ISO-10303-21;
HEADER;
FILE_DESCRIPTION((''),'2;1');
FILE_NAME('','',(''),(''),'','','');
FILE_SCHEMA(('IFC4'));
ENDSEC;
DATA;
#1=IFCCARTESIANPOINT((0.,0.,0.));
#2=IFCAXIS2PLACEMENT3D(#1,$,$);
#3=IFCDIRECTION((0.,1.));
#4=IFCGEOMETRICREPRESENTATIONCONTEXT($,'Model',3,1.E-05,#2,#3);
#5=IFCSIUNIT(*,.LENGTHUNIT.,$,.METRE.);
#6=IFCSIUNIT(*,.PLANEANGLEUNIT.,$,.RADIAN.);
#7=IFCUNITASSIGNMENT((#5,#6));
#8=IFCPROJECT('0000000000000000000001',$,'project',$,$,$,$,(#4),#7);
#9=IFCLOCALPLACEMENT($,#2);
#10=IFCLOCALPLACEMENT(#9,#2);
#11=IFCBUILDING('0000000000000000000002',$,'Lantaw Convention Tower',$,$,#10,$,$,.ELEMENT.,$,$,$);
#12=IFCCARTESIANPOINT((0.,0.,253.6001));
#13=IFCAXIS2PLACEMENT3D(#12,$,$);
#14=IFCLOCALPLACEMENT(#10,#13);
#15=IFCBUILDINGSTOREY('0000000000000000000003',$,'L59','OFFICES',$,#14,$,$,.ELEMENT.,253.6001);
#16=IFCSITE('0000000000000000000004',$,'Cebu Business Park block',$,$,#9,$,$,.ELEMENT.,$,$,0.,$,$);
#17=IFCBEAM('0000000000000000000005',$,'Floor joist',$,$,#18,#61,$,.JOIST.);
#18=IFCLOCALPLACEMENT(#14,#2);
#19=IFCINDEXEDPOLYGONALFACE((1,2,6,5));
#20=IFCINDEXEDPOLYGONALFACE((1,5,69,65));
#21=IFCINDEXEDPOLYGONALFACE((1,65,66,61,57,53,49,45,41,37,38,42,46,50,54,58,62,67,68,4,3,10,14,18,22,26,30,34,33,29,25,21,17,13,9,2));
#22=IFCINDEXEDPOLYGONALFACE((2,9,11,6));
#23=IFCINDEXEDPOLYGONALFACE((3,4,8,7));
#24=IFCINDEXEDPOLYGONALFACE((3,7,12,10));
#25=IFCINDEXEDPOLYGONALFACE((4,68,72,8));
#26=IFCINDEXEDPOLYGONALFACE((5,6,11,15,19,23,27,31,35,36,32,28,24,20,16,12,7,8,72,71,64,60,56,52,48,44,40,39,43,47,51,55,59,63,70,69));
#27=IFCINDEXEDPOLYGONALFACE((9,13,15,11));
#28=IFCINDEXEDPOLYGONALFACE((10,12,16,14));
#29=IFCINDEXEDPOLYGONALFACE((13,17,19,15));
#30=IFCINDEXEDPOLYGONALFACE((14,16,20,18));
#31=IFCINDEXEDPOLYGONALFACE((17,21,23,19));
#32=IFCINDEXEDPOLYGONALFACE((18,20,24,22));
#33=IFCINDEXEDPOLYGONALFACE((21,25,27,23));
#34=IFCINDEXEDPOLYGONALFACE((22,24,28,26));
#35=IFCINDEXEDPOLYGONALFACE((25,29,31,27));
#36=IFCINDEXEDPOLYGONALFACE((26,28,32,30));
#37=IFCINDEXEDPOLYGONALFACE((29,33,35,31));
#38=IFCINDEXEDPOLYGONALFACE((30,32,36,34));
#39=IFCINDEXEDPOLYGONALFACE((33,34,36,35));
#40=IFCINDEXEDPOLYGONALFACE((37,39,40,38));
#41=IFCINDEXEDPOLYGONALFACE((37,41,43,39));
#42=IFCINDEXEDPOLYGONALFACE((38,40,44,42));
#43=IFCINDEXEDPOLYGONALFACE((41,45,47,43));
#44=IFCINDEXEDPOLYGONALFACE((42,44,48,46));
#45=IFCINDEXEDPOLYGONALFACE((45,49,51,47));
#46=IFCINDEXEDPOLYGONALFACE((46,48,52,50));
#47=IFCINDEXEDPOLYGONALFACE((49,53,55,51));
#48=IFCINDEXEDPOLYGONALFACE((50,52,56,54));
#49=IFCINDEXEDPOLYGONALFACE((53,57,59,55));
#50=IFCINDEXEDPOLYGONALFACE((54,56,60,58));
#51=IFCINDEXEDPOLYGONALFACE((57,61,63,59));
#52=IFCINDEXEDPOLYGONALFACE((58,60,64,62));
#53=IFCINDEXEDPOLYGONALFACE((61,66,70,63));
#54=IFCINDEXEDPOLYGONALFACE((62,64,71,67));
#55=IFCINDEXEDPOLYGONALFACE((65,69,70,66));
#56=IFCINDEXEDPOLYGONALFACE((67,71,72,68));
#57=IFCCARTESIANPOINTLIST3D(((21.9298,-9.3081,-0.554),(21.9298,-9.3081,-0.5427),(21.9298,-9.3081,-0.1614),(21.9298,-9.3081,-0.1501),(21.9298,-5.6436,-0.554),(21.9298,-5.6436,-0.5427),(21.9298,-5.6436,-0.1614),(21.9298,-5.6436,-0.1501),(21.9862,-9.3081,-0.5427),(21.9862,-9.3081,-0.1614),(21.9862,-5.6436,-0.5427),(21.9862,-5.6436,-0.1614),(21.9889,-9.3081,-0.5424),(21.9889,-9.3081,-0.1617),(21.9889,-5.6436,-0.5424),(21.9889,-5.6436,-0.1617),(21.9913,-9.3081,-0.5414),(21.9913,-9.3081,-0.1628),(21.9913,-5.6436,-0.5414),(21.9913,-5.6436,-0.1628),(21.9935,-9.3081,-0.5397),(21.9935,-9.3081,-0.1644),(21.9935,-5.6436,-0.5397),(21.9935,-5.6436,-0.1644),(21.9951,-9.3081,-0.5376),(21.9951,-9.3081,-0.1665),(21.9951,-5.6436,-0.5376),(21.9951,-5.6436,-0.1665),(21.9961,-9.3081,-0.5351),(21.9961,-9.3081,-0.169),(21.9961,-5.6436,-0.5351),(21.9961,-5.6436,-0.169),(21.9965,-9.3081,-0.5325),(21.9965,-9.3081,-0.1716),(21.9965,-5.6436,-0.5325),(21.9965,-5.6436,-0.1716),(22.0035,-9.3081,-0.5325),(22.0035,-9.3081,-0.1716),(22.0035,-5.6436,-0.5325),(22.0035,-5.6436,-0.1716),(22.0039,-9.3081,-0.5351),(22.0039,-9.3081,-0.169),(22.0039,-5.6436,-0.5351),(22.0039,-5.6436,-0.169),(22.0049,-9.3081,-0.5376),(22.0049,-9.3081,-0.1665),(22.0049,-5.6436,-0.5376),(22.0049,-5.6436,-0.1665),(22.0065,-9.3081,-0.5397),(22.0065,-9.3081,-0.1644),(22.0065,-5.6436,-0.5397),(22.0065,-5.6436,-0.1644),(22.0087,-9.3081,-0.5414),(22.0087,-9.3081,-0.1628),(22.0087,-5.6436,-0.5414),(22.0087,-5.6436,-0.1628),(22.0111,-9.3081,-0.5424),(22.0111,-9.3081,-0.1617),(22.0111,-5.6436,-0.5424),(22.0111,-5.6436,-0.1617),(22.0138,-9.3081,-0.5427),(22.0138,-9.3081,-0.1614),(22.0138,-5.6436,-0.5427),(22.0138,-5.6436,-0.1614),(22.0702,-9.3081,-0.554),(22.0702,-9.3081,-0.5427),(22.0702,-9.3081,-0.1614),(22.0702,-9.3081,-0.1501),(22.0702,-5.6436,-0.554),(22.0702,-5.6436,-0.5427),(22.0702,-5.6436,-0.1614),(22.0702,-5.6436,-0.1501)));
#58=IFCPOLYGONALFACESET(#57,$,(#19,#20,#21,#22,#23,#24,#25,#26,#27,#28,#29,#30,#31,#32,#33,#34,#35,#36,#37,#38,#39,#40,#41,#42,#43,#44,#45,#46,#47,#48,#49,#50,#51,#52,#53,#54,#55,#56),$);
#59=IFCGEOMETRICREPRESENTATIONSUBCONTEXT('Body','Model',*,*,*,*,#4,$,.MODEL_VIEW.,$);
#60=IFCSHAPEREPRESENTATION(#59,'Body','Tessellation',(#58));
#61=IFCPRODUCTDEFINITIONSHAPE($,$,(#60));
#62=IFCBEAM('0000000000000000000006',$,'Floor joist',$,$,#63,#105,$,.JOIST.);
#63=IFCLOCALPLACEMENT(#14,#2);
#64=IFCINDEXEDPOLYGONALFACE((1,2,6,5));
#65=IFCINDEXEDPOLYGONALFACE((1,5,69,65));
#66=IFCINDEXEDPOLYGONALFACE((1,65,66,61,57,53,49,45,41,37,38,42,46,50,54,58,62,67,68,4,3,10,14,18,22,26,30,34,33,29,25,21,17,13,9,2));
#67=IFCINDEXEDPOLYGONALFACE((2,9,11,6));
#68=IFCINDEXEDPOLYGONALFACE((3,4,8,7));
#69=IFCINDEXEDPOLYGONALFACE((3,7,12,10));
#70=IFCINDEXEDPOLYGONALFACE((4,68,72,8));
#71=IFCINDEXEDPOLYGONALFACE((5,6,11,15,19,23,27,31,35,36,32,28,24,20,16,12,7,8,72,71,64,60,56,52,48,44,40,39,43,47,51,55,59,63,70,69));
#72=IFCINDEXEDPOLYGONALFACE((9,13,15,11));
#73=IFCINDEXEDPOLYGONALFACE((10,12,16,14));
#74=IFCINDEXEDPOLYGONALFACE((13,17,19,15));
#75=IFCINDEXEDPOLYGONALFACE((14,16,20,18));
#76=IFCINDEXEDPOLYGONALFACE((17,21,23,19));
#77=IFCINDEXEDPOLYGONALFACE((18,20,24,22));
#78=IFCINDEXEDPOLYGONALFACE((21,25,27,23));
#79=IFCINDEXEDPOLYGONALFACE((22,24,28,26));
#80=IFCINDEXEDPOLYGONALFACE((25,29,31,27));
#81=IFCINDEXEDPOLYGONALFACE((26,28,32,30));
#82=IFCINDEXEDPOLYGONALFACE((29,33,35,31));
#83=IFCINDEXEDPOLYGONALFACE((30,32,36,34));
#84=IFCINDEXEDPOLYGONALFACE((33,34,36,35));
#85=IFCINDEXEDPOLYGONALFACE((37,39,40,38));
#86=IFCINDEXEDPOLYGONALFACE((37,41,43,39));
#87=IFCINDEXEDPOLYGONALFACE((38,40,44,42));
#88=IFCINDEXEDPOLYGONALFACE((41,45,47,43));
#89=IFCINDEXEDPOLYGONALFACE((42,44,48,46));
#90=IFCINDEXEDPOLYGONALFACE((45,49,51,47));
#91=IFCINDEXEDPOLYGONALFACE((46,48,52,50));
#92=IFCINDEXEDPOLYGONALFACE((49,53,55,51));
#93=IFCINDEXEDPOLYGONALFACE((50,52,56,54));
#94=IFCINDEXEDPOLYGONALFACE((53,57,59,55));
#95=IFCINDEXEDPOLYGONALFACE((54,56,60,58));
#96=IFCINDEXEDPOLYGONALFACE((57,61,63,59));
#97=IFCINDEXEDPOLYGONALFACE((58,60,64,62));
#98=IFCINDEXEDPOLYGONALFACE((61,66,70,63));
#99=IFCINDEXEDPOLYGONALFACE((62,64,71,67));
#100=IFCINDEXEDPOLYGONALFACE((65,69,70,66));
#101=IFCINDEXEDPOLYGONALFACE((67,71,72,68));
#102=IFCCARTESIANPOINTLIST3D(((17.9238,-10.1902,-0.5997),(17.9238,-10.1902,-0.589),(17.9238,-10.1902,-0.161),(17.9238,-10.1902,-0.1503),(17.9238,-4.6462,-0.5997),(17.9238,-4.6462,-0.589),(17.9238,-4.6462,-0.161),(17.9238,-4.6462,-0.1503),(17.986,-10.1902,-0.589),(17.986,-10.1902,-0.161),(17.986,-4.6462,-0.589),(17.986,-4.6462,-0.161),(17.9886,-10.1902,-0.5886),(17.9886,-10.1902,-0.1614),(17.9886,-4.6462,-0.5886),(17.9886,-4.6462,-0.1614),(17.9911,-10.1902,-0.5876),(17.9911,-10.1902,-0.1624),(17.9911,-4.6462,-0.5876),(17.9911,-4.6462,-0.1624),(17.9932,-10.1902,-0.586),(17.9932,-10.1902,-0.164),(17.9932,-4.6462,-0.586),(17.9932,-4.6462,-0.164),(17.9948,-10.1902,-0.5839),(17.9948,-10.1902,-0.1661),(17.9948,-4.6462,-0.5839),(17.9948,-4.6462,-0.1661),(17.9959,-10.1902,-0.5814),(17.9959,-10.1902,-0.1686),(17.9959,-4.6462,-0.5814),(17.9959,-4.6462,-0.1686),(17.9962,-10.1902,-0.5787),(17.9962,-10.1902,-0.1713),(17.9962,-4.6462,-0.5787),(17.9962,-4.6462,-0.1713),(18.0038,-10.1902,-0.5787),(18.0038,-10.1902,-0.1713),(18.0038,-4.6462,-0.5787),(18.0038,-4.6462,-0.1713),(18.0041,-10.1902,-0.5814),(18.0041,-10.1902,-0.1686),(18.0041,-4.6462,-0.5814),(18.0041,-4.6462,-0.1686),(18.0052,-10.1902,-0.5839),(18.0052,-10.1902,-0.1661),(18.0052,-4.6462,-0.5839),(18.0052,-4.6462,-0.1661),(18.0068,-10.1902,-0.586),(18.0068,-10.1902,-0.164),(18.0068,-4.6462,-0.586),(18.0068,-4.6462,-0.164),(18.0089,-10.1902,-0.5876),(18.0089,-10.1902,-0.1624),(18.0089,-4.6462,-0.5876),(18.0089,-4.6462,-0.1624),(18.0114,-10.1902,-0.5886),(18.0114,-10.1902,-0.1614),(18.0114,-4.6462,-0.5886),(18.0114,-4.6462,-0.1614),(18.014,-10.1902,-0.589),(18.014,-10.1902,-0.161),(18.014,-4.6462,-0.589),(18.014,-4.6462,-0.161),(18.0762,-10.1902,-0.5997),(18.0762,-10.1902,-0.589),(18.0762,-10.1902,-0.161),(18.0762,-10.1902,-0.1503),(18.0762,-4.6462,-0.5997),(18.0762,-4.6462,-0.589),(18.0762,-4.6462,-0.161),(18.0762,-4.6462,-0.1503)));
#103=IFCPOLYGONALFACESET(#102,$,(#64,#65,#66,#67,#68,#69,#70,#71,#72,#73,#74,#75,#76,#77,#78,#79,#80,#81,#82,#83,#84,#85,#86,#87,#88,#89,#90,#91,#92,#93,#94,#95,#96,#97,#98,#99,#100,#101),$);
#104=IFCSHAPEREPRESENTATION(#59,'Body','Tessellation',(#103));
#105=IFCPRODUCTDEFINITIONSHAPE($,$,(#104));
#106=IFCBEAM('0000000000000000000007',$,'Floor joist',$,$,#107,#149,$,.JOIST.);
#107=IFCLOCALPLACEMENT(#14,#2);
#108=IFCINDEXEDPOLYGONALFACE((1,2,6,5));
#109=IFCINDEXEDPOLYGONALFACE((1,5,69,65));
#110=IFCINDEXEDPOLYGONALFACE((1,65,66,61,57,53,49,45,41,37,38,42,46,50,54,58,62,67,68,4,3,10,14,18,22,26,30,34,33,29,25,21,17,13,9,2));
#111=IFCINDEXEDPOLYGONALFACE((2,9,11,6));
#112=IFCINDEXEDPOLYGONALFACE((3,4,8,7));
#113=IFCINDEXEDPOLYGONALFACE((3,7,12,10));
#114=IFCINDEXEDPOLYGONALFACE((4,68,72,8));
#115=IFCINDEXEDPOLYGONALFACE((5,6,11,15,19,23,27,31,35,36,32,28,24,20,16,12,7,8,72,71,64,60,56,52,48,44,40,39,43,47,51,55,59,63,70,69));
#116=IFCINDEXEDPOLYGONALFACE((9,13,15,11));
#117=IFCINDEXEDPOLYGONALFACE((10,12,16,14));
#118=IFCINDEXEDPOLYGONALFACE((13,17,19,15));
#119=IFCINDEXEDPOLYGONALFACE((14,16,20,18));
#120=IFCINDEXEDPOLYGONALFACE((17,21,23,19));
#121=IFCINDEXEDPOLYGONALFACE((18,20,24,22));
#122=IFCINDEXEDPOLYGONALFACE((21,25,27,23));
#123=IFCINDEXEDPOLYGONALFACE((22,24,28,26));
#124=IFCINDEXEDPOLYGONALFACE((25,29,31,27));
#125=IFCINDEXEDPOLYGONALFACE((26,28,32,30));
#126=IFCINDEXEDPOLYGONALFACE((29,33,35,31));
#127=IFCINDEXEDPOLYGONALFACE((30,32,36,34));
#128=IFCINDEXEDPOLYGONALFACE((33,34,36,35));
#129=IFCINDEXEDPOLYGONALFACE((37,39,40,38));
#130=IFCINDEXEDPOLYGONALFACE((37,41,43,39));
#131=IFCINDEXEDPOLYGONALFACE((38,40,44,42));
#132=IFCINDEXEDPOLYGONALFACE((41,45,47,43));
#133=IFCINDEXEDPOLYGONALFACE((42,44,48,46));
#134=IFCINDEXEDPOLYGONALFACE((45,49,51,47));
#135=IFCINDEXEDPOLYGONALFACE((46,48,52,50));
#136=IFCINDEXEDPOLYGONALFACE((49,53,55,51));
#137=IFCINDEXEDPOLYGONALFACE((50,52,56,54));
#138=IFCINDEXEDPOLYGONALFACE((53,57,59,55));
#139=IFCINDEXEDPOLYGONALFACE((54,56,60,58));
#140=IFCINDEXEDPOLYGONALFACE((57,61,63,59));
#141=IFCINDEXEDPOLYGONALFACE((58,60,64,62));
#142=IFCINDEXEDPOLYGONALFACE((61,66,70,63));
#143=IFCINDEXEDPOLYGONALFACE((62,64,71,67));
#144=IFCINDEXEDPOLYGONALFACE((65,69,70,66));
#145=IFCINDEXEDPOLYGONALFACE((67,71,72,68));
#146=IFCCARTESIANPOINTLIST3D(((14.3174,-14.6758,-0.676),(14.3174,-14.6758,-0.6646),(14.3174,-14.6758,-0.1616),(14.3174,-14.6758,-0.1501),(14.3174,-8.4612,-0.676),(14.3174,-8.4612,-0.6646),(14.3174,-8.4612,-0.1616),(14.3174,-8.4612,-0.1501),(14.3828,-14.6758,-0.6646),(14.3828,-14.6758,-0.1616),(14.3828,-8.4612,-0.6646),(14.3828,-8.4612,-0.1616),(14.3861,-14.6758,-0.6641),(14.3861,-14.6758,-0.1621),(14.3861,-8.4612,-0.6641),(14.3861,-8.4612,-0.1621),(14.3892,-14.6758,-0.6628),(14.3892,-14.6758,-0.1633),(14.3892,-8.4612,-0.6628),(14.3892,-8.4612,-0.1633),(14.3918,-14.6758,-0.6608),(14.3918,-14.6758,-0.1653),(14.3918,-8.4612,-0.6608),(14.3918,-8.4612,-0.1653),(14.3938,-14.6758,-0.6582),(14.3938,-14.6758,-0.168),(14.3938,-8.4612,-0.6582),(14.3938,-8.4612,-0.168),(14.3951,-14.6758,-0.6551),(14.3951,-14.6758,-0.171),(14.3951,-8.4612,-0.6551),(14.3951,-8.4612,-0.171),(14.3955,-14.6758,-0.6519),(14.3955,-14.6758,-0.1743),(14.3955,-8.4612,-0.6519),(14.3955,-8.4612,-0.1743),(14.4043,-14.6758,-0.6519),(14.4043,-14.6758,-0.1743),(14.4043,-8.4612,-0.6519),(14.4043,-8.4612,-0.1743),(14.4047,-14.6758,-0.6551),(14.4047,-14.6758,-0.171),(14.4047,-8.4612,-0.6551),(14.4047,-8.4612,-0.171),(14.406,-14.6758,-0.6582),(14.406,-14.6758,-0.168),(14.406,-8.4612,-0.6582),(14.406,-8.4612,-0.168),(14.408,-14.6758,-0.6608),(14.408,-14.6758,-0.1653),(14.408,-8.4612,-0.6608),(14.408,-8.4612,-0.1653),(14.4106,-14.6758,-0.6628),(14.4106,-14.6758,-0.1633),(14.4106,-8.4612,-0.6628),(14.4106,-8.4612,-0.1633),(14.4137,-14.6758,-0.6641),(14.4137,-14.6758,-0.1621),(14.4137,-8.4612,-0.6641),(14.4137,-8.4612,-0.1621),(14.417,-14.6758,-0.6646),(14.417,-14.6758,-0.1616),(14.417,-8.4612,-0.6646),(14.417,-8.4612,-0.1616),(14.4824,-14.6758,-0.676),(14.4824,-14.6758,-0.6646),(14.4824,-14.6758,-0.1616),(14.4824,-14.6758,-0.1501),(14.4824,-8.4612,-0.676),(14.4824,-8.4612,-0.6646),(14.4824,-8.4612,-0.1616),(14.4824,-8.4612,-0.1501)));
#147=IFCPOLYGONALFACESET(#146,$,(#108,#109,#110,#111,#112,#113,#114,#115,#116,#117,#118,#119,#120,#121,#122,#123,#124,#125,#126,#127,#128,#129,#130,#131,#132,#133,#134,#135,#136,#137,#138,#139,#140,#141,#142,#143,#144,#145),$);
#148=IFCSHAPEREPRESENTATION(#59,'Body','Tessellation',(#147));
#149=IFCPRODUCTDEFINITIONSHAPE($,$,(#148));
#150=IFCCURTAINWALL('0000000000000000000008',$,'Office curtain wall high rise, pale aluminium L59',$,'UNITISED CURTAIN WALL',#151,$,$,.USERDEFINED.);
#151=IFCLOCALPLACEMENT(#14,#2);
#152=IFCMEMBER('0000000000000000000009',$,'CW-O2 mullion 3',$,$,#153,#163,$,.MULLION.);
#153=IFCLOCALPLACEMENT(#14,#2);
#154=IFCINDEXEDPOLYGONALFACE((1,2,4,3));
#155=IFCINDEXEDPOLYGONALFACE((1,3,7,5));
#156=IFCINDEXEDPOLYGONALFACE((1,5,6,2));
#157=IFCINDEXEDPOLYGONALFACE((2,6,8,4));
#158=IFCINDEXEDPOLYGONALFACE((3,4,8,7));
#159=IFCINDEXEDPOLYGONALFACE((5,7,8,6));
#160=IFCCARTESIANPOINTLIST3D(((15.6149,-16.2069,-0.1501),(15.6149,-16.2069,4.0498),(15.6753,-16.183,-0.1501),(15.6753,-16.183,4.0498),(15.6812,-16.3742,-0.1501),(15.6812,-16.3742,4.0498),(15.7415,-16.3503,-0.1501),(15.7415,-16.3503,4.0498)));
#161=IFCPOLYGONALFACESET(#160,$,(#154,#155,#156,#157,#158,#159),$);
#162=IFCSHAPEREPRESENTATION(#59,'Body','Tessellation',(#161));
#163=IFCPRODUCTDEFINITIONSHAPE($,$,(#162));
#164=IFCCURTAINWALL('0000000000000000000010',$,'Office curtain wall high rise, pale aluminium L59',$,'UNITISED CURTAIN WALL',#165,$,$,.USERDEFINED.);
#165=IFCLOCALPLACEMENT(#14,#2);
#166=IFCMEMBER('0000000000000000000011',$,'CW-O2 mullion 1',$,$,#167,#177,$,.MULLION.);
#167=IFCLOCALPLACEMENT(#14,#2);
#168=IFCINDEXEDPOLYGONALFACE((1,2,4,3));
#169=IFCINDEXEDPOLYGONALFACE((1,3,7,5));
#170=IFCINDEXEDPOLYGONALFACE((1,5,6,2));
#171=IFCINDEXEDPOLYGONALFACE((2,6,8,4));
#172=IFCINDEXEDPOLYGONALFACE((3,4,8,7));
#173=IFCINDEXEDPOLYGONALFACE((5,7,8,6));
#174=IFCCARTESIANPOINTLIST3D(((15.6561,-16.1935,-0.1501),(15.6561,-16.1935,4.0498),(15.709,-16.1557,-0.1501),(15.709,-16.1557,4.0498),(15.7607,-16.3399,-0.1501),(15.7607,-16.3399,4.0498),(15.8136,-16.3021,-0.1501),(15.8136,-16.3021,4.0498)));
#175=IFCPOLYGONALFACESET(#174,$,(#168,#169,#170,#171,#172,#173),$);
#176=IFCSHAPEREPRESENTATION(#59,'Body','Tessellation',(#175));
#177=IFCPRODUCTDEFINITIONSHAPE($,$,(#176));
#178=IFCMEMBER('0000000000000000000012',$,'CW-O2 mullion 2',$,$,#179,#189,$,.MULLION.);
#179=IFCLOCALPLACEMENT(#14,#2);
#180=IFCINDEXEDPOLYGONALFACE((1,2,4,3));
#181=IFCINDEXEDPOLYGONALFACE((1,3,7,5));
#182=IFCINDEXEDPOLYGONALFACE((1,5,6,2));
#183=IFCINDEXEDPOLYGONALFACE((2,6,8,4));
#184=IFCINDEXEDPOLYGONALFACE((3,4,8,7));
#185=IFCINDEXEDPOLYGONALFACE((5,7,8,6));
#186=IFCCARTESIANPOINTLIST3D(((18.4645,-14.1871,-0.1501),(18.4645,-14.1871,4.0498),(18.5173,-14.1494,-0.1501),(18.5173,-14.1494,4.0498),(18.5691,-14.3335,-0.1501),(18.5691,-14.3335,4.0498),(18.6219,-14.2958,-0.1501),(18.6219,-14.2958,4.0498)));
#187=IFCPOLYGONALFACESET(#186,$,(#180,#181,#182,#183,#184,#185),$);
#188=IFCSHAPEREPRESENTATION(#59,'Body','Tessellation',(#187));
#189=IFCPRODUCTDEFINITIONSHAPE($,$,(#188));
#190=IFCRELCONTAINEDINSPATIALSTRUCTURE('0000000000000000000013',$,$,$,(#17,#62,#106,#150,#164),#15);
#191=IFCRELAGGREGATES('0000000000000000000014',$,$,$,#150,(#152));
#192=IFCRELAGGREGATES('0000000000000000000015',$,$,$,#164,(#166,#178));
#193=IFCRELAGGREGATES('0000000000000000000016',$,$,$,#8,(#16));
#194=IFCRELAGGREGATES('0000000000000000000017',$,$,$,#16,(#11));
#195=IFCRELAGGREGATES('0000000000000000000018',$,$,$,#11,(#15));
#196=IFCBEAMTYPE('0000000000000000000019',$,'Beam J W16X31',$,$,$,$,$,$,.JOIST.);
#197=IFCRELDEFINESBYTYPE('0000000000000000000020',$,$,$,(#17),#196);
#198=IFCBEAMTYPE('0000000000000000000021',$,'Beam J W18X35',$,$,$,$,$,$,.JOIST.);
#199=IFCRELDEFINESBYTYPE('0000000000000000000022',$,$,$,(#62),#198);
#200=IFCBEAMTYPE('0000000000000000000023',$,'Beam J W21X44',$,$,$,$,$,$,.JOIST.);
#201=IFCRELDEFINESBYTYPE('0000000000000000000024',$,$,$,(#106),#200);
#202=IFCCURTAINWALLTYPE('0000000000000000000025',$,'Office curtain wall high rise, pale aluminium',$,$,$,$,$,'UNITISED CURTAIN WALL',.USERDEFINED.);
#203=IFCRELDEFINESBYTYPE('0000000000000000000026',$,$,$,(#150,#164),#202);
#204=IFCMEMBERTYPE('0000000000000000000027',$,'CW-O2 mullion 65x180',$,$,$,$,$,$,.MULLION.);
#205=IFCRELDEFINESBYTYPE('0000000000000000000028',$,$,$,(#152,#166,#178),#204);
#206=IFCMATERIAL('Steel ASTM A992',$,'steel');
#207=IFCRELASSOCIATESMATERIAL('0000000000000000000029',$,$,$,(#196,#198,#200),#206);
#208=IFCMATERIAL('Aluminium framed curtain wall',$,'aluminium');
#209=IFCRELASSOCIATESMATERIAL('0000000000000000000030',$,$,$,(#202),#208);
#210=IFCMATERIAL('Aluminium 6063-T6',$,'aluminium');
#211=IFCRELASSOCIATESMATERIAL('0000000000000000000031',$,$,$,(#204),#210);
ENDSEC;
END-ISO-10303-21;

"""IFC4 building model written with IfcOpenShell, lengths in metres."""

from ifc_helpers import new_model, si_unit, direction, frame, origin, origin_2d, place, context, subcontext, project, spatial, rectangle, i_section, extrude, material, material_profile, profile_set, type_object, element, aggregate, save


model = new_model("IFC4")

# Units and contexts
model_context = context("Model", 3, precision=1e-05, world=origin(), true_north=direction((0.0, 1.0)))
body_context = subcontext(model_context, "Body", "Model", "MODEL_VIEW")
ifc_project = project(units=[si_unit("LENGTHUNIT", "METRE"), si_unit("PLANEANGLEUNIT", "RADIAN")], contexts=[model_context])

# Site, building, storey
site_placement = place(None, origin())
site = spatial("IfcSite", under=ifc_project, at=site_placement, Name="Cebu Business Park block", CompositionType="ELEMENT", RefElevation=0.0)
building_placement = place(site_placement, origin())
building = spatial("IfcBuilding", under=site, at=building_placement, Name="Lantaw Convention Tower", CompositionType="ELEMENT")
storey_placement = place(building_placement, frame((0.0, 0.0, 253.6001)))
storey = spatial("IfcBuildingStorey", under=building, at=storey_placement, Name="L59", Description="OFFICES", CompositionType="ELEMENT", Elevation=253.6001)

# Beams
ifc_material_1 = material(Name="Steel ASTM A992", Category="steel")
ifc_material_profile_1 = material_profile(ifc_material_1, i_section(OverallWidth=0.1404, OverallDepth=0.4038, WebThickness=0.0071, FlangeThickness=0.0112, FilletRadius=0.0103, at=origin_2d()), Name="W16X31")
ifc_profile_set_1 = profile_set([ifc_material_profile_1], Name="Steel ASTM A992")
beam_type_1 = type_object("IfcBeamType", Name="Beam J W16X31", PredefinedType="JOIST", material=ifc_profile_set_1)
beam_1_placement = place(storey_placement, frame((22.0, -9.3081, -0.3521), z_axis=(0.0, 1.0, 0.0), x_axis=(-1.0, 0.0, 0.0)))
element("IfcBeam", 1, at=beam_1_placement, inside=storey, type_object=beam_type_1, Name="Floor joist", PredefinedType="JOIST", context=body_context, shape_type="SweptSolid", body=[
    extrude(i_section(OverallWidth=0.1404, OverallDepth=0.4038, WebThickness=0.0071, FlangeThickness=0.0112, FilletRadius=0.0103, at=origin_2d()), origin(), (0.0, 0.0, 1.0), 3.6646),
])
ifc_material_profile_2 = material_profile(ifc_material_1, i_section(OverallWidth=0.1523, OverallDepth=0.4495, WebThickness=0.0076, FlangeThickness=0.0107, FilletRadius=0.0103, at=origin_2d()), Name="W18X35")
ifc_profile_set_2 = profile_set([ifc_material_profile_2], Name="Steel ASTM A992")
beam_type_2 = type_object("IfcBeamType", Name="Beam J W18X35", PredefinedType="JOIST", material=ifc_profile_set_2)
beam_2_placement = place(storey_placement, frame((18.0, -10.1902, -0.375), z_axis=(0.0, 1.0, 0.0), x_axis=(-1.0, 0.0, 0.0)))
element("IfcBeam", 2, at=beam_2_placement, inside=storey, type_object=beam_type_2, Name="Floor joist", PredefinedType="JOIST", context=body_context, shape_type="SweptSolid", body=[
    extrude(i_section(OverallWidth=0.1523, OverallDepth=0.4495, WebThickness=0.0076, FlangeThickness=0.0107, FilletRadius=0.0103, at=origin_2d()), origin(), (0.0, 0.0, 1.0), 5.5439),
])
ifc_material_profile_3 = material_profile(ifc_material_1, i_section(OverallWidth=0.165, OverallDepth=0.5259, WebThickness=0.0088, FlangeThickness=0.0115, FilletRadius=0.0127, at=origin_2d()), Name="W21X44")
ifc_profile_set_3 = profile_set([ifc_material_profile_3], Name="Steel ASTM A992")
beam_type_3 = type_object("IfcBeamType", Name="Beam J W21X44", PredefinedType="JOIST", material=ifc_profile_set_3)
beam_3_placement = place(storey_placement, frame((14.3999, -14.6758, -0.4131), z_axis=(0.0, 1.0, 0.0), x_axis=(-1.0, 0.0, 0.0)))
element("IfcBeam", 3, at=beam_3_placement, inside=storey, type_object=beam_type_3, Name="Floor joist", PredefinedType="JOIST", context=body_context, shape_type="SweptSolid", body=[
    extrude(i_section(OverallWidth=0.165, OverallDepth=0.5259, WebThickness=0.0088, FlangeThickness=0.0115, FilletRadius=0.0127, at=origin_2d()), origin(), (0.0, 0.0, 1.0), 6.2146),
])

# Curtain wall, member
ifc_material_2 = material(Name="Aluminium framed curtain wall", Category="aluminium")
curtain_wall_type = type_object("IfcCurtainWallType", Name="Office curtain wall high rise, pale aluminium", ElementType="UNITISED CURTAIN WALL", PredefinedType="USERDEFINED", material=ifc_material_2)
curtain_wall_1_placement = place(storey_placement, origin())
curtain_wall_1 = element("IfcCurtainWall", 4, at=curtain_wall_1_placement, inside=storey, type_object=curtain_wall_type, Name="Office curtain wall high rise, pale aluminium L59", ObjectType="UNITISED CURTAIN WALL", PredefinedType="USERDEFINED")
ifc_material_3 = material(Name="Aluminium 6063-T6", Category="aluminium")
ifc_material_profile_4 = material_profile(ifc_material_3, rectangle(XDim=0.1799, YDim=0.0649, at=origin_2d()), Name="CW-O2 mullion 65x180")
ifc_profile_set_4 = profile_set([ifc_material_profile_4], Name="Aluminium 6063-T6")
member_type_1 = type_object("IfcMemberType", Name="CW-O2 mullion 65x180", PredefinedType="MULLION", material=ifc_profile_set_4)
member_1_placement = place(storey_placement, frame((15.6782, -16.2786, -0.1501), z_axis=(0.0, 0.0, 1.0), x_axis=(-0.368162, 0.929762, 0.0)))
member_1 = element("IfcMember", 5, at=member_1_placement, type_object=member_type_1, Name="CW-O2 mullion 3", PredefinedType="MULLION", context=body_context, shape_type="SweptSolid", body=[
    extrude(rectangle(XDim=0.1799, YDim=0.0649, at=origin_2d()), origin(), (0.0, 0.0, 1.0), 4.2),
])

# Curtain wall, members
curtain_wall_2_placement = place(storey_placement, origin())
curtain_wall_2 = element("IfcCurtainWall", 6, at=curtain_wall_2_placement, inside=storey, type_object=curtain_wall_type, Name="Office curtain wall high rise, pale aluminium L59", ObjectType="UNITISED CURTAIN WALL", PredefinedType="USERDEFINED")
member_2_placement = place(storey_placement, frame((15.7349, -16.2478, -0.1501), z_axis=(0.0, 0.0, 1.0), x_axis=(-0.581323, 0.813673, 0.0)))
member_2 = element("IfcMember", 7, at=member_2_placement, type_object=member_type_1, Name="CW-O2 mullion 1", PredefinedType="MULLION", context=body_context, shape_type="SweptSolid", body=[
    extrude(rectangle(XDim=0.1799, YDim=0.0649, at=origin_2d()), origin(), (0.0, 0.0, 1.0), 4.2),
])
member_3_placement = place(storey_placement, frame((18.5432, -14.2415, -0.1501), z_axis=(0.0, 0.0, 1.0), x_axis=(-0.581323, 0.813673, 0.0)))
member_3 = element("IfcMember", 8, at=member_3_placement, type_object=member_type_1, Name="CW-O2 mullion 2", PredefinedType="MULLION", context=body_context, shape_type="SweptSolid", body=[
    extrude(rectangle(XDim=0.1799, YDim=0.0649, at=origin_2d()), origin(), (0.0, 0.0, 1.0), 4.2),
])

aggregate(curtain_wall_1, [member_1])
aggregate(curtain_wall_2, [member_2, member_3])

save(model, "model.ifc")
